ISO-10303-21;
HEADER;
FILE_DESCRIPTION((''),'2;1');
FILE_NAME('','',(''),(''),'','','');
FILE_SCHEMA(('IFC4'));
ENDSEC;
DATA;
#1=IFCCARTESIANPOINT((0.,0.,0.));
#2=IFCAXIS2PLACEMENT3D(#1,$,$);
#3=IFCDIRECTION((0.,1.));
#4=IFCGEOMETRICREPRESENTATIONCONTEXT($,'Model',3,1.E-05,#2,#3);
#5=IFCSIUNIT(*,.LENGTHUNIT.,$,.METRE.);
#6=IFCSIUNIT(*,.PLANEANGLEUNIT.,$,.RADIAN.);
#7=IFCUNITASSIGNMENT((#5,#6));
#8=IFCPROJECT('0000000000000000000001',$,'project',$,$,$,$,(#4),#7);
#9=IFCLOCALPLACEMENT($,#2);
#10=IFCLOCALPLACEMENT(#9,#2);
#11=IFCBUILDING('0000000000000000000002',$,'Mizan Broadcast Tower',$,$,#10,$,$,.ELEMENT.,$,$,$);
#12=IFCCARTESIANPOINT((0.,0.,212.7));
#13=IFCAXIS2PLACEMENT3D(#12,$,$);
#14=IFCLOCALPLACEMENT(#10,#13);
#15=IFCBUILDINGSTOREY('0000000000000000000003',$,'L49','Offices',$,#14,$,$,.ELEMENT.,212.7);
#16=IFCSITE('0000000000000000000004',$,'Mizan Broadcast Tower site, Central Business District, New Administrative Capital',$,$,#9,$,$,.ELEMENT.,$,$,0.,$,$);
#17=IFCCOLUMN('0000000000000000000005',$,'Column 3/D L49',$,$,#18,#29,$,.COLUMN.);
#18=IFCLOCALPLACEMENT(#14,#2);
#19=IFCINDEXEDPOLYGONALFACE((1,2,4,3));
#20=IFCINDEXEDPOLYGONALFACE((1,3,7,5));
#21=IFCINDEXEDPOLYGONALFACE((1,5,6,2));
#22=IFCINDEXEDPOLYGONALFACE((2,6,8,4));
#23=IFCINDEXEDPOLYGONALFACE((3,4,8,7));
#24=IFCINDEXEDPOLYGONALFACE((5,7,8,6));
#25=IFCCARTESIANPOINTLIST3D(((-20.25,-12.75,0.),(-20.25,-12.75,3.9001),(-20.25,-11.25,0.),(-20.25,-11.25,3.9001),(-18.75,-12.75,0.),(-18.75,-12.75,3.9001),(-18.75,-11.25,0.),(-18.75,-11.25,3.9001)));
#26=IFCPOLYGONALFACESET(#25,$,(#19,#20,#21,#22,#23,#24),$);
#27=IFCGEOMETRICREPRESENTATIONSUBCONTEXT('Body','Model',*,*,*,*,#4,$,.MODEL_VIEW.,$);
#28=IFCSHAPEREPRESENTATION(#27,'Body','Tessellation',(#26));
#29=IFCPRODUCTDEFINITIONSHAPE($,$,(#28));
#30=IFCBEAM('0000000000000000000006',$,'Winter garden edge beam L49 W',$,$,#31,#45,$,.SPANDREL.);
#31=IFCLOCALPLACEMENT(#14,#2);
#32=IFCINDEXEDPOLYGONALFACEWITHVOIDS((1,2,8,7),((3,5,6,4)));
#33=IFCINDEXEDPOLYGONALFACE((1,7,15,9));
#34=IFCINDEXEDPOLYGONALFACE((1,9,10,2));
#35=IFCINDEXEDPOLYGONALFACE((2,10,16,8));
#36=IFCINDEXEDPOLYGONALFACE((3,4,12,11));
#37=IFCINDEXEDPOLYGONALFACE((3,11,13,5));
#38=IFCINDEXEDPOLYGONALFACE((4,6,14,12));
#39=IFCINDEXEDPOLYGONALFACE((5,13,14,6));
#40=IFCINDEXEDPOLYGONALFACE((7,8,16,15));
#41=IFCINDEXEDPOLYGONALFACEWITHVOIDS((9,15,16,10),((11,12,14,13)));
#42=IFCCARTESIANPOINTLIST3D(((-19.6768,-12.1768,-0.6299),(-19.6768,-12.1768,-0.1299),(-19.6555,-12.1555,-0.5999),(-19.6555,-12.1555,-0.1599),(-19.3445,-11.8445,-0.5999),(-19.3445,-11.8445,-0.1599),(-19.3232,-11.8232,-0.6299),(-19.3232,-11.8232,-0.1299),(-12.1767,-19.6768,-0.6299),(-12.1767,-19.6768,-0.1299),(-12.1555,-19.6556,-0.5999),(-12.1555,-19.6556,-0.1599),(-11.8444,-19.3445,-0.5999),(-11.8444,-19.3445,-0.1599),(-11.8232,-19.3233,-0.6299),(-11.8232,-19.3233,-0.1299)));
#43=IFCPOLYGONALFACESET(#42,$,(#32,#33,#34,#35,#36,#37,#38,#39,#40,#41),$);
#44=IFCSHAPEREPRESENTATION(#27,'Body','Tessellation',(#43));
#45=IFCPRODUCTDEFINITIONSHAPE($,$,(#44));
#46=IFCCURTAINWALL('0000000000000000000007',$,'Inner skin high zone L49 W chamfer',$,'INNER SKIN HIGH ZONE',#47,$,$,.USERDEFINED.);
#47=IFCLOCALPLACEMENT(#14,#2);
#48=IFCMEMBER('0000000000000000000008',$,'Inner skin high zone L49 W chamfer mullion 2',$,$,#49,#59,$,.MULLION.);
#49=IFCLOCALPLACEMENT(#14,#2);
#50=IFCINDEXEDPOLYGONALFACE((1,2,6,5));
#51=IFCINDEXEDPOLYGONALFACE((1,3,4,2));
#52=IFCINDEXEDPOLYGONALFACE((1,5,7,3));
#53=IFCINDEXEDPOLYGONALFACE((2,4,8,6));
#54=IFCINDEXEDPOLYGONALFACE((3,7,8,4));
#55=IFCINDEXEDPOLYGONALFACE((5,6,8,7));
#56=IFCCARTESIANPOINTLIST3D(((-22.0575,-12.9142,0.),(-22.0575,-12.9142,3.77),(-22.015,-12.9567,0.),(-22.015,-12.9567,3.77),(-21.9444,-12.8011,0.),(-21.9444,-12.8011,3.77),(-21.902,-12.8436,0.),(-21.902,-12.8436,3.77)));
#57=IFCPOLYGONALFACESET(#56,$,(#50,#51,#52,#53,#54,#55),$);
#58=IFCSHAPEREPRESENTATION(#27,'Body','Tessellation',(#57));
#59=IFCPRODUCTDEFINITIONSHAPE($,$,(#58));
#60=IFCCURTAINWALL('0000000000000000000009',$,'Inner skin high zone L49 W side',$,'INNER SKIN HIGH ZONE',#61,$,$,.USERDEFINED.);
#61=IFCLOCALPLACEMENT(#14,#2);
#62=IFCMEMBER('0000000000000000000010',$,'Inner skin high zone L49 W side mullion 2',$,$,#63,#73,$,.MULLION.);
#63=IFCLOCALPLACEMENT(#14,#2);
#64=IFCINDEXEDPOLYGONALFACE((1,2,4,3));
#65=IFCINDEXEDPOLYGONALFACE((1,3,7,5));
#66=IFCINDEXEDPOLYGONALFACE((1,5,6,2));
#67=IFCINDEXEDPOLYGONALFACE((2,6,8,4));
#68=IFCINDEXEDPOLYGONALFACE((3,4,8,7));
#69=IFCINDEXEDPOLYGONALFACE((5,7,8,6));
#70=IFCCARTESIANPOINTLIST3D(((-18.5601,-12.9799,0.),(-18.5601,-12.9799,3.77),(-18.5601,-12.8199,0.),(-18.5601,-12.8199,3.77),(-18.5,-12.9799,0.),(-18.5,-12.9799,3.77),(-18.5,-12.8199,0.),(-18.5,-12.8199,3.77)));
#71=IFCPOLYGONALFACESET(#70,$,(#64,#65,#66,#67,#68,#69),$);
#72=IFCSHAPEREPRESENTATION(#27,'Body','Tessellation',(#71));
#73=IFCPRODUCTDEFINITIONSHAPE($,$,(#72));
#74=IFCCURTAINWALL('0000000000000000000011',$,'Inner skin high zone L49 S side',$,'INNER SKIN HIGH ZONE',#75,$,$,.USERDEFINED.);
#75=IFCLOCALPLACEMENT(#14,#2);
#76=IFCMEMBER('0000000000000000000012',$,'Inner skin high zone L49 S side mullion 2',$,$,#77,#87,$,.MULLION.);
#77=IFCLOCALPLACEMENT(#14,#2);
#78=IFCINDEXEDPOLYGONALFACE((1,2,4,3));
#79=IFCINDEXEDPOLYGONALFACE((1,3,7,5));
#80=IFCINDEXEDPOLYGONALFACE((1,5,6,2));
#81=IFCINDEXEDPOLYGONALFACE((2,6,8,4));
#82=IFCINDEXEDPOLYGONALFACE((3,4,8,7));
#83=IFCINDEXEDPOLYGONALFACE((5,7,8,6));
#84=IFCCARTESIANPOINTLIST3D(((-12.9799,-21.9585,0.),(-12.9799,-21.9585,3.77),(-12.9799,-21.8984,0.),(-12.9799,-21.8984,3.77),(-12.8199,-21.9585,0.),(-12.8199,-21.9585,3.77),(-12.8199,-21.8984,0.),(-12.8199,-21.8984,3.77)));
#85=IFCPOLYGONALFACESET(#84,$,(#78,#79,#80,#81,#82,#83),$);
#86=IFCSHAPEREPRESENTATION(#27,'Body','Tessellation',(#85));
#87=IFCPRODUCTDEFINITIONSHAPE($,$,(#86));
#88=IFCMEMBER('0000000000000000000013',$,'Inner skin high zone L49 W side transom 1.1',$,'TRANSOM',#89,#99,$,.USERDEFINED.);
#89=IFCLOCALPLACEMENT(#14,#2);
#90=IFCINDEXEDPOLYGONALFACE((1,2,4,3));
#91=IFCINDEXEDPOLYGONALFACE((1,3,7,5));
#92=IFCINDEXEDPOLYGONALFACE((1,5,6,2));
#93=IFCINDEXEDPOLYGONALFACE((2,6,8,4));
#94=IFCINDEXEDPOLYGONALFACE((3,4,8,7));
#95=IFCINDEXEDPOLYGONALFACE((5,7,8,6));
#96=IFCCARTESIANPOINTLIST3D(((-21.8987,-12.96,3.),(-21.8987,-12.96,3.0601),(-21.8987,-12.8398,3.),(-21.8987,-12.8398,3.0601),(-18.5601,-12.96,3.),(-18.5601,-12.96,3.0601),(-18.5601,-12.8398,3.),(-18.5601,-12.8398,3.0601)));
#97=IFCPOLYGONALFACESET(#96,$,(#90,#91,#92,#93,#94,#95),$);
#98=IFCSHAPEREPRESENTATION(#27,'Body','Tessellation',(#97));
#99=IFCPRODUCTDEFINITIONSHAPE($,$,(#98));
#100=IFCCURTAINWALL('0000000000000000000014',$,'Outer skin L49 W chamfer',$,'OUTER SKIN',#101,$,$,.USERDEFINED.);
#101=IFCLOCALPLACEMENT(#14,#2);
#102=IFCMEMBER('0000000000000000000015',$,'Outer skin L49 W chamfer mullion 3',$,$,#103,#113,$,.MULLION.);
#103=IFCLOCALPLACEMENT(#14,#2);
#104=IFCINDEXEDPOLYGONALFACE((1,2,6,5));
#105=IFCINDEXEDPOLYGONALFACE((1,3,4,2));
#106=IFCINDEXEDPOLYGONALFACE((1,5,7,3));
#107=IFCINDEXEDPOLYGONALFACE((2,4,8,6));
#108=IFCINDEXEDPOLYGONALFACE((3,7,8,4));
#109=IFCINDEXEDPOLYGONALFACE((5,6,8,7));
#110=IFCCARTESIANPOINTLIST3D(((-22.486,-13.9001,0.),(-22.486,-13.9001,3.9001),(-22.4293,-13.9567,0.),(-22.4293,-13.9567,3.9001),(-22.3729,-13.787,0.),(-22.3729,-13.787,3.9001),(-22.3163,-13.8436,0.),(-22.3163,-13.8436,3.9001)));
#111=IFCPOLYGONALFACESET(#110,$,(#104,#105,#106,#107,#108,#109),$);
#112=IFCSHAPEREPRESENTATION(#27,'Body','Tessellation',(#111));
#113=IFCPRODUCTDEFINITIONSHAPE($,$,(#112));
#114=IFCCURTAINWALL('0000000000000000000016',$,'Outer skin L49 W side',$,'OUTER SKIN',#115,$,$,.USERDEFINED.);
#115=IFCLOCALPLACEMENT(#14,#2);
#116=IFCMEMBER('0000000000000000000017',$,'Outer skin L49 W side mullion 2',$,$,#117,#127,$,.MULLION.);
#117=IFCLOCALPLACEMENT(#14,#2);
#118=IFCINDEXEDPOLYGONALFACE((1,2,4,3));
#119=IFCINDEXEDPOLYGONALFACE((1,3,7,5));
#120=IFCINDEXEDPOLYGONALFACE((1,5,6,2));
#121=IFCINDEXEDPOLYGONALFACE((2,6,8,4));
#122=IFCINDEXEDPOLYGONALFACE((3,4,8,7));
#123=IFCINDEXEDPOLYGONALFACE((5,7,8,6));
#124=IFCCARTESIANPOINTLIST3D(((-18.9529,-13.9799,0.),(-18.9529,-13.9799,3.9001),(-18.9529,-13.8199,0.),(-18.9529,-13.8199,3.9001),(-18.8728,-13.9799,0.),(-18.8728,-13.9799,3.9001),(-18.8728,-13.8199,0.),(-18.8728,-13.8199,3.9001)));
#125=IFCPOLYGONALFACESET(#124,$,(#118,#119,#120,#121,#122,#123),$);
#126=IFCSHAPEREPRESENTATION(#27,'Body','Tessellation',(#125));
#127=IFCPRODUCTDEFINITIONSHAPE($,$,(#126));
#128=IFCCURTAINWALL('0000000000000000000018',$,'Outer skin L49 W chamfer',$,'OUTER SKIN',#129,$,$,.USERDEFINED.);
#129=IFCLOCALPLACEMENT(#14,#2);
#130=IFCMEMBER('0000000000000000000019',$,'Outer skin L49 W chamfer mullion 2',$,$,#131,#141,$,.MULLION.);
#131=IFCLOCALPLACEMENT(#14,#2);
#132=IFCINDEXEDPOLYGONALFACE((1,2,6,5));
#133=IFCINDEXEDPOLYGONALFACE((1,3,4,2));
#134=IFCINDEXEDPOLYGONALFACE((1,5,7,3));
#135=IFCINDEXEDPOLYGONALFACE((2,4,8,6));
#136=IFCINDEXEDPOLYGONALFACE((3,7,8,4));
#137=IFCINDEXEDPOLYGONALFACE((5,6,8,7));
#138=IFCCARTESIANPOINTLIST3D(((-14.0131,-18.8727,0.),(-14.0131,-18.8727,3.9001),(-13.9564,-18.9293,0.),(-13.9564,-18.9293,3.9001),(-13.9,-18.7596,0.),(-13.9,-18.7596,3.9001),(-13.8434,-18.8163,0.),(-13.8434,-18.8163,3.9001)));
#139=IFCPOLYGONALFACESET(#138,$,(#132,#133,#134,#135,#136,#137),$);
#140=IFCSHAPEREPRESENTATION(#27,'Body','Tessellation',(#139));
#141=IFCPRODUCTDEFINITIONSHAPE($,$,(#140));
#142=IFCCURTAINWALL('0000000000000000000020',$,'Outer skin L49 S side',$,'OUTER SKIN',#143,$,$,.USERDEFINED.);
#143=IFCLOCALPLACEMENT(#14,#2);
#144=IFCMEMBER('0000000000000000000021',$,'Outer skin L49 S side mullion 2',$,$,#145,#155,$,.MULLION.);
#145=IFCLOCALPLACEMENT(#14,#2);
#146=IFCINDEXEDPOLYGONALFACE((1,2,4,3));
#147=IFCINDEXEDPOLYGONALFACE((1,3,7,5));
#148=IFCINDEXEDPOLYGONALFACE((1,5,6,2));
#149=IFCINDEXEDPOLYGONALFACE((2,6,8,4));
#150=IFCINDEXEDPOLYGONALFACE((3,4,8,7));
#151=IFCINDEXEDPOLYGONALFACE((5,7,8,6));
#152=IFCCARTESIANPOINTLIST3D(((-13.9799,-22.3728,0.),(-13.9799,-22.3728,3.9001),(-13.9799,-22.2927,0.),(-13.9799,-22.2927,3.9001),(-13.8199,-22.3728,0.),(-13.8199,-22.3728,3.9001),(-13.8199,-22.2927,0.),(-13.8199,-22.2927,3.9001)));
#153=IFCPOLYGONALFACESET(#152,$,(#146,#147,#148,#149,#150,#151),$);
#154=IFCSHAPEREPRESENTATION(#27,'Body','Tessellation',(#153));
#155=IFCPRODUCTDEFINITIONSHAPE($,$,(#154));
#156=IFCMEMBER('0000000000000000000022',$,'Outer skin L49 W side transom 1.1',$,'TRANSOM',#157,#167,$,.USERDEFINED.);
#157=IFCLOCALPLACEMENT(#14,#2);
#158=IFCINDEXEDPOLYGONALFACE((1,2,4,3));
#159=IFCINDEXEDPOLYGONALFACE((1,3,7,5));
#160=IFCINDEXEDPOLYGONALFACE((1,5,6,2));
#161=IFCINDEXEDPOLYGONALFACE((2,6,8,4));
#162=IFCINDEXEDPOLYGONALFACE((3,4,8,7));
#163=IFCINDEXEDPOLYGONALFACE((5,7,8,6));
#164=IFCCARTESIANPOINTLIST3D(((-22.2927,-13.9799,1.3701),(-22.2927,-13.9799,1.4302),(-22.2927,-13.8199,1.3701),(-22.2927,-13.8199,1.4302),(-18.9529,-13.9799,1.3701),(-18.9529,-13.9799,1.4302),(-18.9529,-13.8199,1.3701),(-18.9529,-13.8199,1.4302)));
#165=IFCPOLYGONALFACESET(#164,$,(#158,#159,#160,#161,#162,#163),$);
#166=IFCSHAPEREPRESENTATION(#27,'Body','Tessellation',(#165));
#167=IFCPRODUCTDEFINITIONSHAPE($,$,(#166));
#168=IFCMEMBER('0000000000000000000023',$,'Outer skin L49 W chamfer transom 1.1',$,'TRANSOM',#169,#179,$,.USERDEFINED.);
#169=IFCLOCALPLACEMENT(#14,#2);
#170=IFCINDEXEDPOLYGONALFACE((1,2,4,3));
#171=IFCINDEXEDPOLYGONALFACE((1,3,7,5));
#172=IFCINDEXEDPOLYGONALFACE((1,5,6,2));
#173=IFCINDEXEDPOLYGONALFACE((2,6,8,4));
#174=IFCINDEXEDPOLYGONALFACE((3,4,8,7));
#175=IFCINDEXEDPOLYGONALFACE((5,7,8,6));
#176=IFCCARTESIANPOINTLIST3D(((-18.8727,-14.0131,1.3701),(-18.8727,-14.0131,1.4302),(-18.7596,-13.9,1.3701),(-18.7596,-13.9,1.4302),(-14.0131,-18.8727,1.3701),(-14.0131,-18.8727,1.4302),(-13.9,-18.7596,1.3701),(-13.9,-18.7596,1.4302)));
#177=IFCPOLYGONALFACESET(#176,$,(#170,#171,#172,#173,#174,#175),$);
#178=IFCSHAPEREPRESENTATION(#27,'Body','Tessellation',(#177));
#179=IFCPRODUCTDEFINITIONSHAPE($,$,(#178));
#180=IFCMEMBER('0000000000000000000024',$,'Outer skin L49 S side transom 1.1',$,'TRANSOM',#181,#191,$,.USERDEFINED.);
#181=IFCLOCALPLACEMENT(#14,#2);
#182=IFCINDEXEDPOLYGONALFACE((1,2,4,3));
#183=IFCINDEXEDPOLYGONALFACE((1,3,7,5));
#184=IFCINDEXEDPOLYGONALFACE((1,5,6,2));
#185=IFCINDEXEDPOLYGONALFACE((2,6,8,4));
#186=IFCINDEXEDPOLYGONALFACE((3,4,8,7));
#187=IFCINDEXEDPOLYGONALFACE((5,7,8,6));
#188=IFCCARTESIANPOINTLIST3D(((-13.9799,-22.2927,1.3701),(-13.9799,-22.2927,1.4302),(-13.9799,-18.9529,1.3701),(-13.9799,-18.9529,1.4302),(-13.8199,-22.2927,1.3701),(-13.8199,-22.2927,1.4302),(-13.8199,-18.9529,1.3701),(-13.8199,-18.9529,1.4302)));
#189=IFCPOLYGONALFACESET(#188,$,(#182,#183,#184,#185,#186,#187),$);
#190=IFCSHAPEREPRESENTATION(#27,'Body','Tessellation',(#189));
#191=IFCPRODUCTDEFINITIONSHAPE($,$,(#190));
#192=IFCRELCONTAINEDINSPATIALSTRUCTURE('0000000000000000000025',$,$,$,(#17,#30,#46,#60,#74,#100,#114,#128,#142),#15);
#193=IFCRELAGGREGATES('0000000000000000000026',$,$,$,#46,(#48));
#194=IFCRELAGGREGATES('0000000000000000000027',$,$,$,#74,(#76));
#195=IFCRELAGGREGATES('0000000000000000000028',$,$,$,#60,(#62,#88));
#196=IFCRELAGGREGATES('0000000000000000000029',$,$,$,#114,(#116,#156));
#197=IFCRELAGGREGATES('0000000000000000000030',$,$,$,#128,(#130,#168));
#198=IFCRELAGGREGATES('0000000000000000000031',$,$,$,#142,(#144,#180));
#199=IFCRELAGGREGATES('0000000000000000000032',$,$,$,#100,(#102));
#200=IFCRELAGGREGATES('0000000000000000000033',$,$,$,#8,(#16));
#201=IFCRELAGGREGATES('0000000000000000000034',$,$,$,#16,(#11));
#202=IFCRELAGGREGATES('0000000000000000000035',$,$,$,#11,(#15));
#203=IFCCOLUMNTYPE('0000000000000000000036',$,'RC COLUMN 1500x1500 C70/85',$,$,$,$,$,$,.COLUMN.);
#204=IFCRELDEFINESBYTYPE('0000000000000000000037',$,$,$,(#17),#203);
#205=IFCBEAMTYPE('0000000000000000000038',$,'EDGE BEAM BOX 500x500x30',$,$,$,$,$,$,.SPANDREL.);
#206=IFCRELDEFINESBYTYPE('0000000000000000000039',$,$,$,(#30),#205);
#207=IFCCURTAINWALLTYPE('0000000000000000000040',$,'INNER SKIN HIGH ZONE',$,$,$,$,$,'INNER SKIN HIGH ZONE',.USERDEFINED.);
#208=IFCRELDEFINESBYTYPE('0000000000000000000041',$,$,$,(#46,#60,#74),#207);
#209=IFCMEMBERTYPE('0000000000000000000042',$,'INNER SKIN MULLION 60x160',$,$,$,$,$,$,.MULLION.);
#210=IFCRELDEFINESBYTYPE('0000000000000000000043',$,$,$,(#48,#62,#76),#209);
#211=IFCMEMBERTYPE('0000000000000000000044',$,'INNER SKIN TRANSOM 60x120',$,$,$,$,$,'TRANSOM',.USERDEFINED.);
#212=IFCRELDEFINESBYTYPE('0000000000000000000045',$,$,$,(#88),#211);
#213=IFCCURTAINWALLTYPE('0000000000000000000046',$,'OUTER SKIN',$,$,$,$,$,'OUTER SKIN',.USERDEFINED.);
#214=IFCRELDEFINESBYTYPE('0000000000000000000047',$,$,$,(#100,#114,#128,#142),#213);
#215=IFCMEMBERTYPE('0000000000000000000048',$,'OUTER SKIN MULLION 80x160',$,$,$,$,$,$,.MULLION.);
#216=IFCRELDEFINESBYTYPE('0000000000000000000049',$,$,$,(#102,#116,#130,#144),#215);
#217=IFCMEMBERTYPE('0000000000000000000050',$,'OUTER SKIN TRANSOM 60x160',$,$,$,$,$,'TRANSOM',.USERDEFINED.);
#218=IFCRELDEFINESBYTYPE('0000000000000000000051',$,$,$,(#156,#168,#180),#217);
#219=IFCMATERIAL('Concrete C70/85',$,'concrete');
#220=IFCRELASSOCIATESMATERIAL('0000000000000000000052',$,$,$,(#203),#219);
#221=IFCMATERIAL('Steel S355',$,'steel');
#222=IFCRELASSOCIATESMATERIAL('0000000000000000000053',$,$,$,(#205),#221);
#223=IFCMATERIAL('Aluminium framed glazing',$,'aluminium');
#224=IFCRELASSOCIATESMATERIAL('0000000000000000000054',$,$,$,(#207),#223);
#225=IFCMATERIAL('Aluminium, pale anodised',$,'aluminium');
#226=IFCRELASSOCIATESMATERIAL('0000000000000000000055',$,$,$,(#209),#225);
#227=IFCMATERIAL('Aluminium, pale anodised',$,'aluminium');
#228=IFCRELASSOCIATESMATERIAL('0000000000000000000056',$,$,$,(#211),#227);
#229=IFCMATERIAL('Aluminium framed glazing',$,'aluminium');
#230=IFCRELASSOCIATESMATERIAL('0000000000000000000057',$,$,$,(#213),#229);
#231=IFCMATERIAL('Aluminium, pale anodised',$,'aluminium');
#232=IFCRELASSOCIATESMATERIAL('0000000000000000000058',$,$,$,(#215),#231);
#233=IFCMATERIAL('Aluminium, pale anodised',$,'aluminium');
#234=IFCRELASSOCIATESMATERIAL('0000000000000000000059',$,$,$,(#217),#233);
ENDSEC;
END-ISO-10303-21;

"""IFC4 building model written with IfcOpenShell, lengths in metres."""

from ifc_helpers import new_model, si_unit, direction, frame, origin, origin_2d, place, context, subcontext, project, spatial, rectangle, hollow_rectangle, extrude, material, material_profile, profile_set, type_object, element, aggregate, save


model = new_model("IFC4")

# Units and contexts
model_context = context("Model", 3, precision=1e-05, world=origin(), true_north=direction((0.0, 1.0)))
body_context = subcontext(model_context, "Body", "Model", "MODEL_VIEW")
ifc_project = project(units=[si_unit("LENGTHUNIT", "METRE"), si_unit("PLANEANGLEUNIT", "RADIAN")], contexts=[model_context])

# Site, building, storey
site_placement = place(None, origin())
site = spatial("IfcSite", under=ifc_project, at=site_placement, Name="Mizan Broadcast Tower site, Central Business District, New Administrative Capital", CompositionType="ELEMENT", RefElevation=0.0)
building_placement = place(site_placement, origin())
building = spatial("IfcBuilding", under=site, at=building_placement, Name="Mizan Broadcast Tower", CompositionType="ELEMENT")
storey_placement = place(building_placement, frame((0.0, 0.0, 212.7)))
storey = spatial("IfcBuildingStorey", under=building, at=storey_placement, Name="L49", Description="Offices", CompositionType="ELEMENT", Elevation=212.7)

# Column
ifc_material_1 = material(Name="Concrete C70/85", Category="concrete")
ifc_material_profile_1 = material_profile(ifc_material_1, rectangle(XDim=1.5, YDim=1.5, at=origin_2d()), Name="RC 1500x1500")
ifc_profile_set_1 = profile_set([ifc_material_profile_1], Name="Concrete C70/85")
column_type = type_object("IfcColumnType", Name="RC COLUMN 1500x1500 C70/85", PredefinedType="COLUMN", material=ifc_profile_set_1)
column_placement = place(storey_placement, frame((-19.5, -12.0, 0.0), z_axis=(0.0, 0.0, 1.0), x_axis=(1.0, 0.0, 0.0)))
element("IfcColumn", 1, at=column_placement, inside=storey, type_object=column_type, Name="Column 3/D L49", PredefinedType="COLUMN", context=body_context, shape_type="SweptSolid", body=[
    extrude(rectangle(XDim=1.5, YDim=1.5, at=origin_2d()), origin(), (0.0, 0.0, 1.0), 3.9001),
])

# Beam
ifc_material_2 = material(Name="Steel S355", Category="steel")
ifc_material_profile_2 = material_profile(ifc_material_2, hollow_rectangle(XDim=0.5, YDim=0.5, WallThickness=0.03, at=origin_2d()), Name="BOX 500x500x30")
ifc_profile_set_2 = profile_set([ifc_material_profile_2], Name="Steel S355")
beam_type_1 = type_object("IfcBeamType", Name="EDGE BEAM BOX 500x500x30", PredefinedType="SPANDREL", material=ifc_profile_set_2)
beam_1_placement = place(storey_placement, frame((-19.5, -12.0, -0.3799), z_axis=(0.707107, -0.707107, 0.0), x_axis=(0.707107, 0.707107, 0.0)))
element("IfcBeam", 2, at=beam_1_placement, inside=storey, type_object=beam_type_1, Name="Winter garden edge beam L49 W", PredefinedType="SPANDREL", context=body_context, shape_type="SweptSolid", body=[
    extrude(hollow_rectangle(XDim=0.5, YDim=0.5, WallThickness=0.03, at=origin_2d()), origin(), (0.0, 0.0, 1.0), 10.6067),
])

# Curtain walls, members
ifc_material_3 = material(Name="Aluminium framed glazing", Category="aluminium")
curtain_wall_type_1 = type_object("IfcCurtainWallType", Name="INNER SKIN HIGH ZONE", ElementType="INNER SKIN HIGH ZONE", PredefinedType="USERDEFINED", material=ifc_material_3)
curtain_wall_1_placement = place(storey_placement, origin())
curtain_wall_1 = element("IfcCurtainWall", 3, at=curtain_wall_1_placement, inside=storey, type_object=curtain_wall_type_1, Name="Inner skin high zone L49 W chamfer", ObjectType="INNER SKIN HIGH ZONE", PredefinedType="USERDEFINED")
ifc_material_4 = material(Name="Aluminium, pale anodised", Category="aluminium")
ifc_material_profile_3 = material_profile(ifc_material_4, rectangle(XDim=0.1599, YDim=0.0601, at=origin_2d()), Name="MULLION 160x60")
ifc_profile_set_3 = profile_set([ifc_material_profile_3], Name="Aluminium, pale anodised")
member_type_1 = type_object("IfcMemberType", Name="INNER SKIN MULLION 60x160", PredefinedType="MULLION", material=ifc_profile_set_3)
member_1_placement = place(storey_placement, frame((-21.9797, -12.8789, 0.0), z_axis=(0.0, 0.0, 1.0), x_axis=(0.707107, 0.707107, 0.0)))
member_1 = element("IfcMember", 4, at=member_1_placement, type_object=member_type_1, Name="Inner skin high zone L49 W chamfer mullion 2", PredefinedType="MULLION", context=body_context, shape_type="SweptSolid", body=[
    extrude(rectangle(XDim=0.1599, YDim=0.0601, at=origin_2d()), origin(), (0.0, 0.0, 1.0), 3.77),
])
aggregate(curtain_wall_1, [member_1])
curtain_wall_2_placement = place(storey_placement, origin())
curtain_wall_2 = element("IfcCurtainWall", 5, at=curtain_wall_2_placement, inside=storey, type_object=curtain_wall_type_1, Name="Inner skin high zone L49 W side", ObjectType="INNER SKIN HIGH ZONE", PredefinedType="USERDEFINED")
member_2_placement = place(storey_placement, frame((-18.53, -12.8999, 0.0), z_axis=(0.0, 0.0, 1.0), x_axis=(0.0, 1.0, 0.0)))
member_2 = element("IfcMember", 6, at=member_2_placement, type_object=member_type_1, Name="Inner skin high zone L49 W side mullion 2", PredefinedType="MULLION", context=body_context, shape_type="SweptSolid", body=[
    extrude(rectangle(XDim=0.1599, YDim=0.0601, at=origin_2d()), origin(), (0.0, 0.0, 1.0), 3.77),
])
curtain_wall_3_placement = place(storey_placement, origin())
curtain_wall_3 = element("IfcCurtainWall", 7, at=curtain_wall_3_placement, inside=storey, type_object=curtain_wall_type_1, Name="Inner skin high zone L49 S side", ObjectType="INNER SKIN HIGH ZONE", PredefinedType="USERDEFINED")
member_3_placement = place(storey_placement, frame((-12.8999, -21.9285, 0.0), z_axis=(0.0, 0.0, 1.0), x_axis=(1.0, 0.0, 0.0)))
member_3 = element("IfcMember", 8, at=member_3_placement, type_object=member_type_1, Name="Inner skin high zone L49 S side mullion 2", PredefinedType="MULLION", context=body_context, shape_type="SweptSolid", body=[
    extrude(rectangle(XDim=0.1599, YDim=0.0601, at=origin_2d()), origin(), (0.0, 0.0, 1.0), 3.77),
])
aggregate(curtain_wall_3, [member_3])

# Member
ifc_material_5 = material(Name="Aluminium, pale anodised", Category="aluminium")
ifc_material_profile_4 = material_profile(ifc_material_5, rectangle(XDim=0.1201, YDim=0.0601, at=origin_2d()), Name="TRANSOM 120x60")
ifc_profile_set_4 = profile_set([ifc_material_profile_4], Name="Aluminium, pale anodised")
member_type_2 = type_object("IfcMemberType", Name="INNER SKIN TRANSOM 60x120", ElementType="TRANSOM", PredefinedType="USERDEFINED", material=ifc_profile_set_4)
member_4_placement = place(storey_placement, frame((-21.8987, -12.8999, 3.03), z_axis=(1.0, 0.0, 0.0), x_axis=(0.0, 1.0, 0.0)))
member_4 = element("IfcMember", 9, at=member_4_placement, type_object=member_type_2, Name="Inner skin high zone L49 W side transom 1.1", ObjectType="TRANSOM", PredefinedType="USERDEFINED", context=body_context, shape_type="SweptSolid", body=[
    extrude(rectangle(XDim=0.1201, YDim=0.0601, at=origin_2d()), origin(), (0.0, 0.0, 1.0), 3.3386),
])

# Curtain walls, members
ifc_material_6 = material(Name="Aluminium framed glazing", Category="aluminium")
curtain_wall_type_2 = type_object("IfcCurtainWallType", Name="OUTER SKIN", ElementType="OUTER SKIN", PredefinedType="USERDEFINED", material=ifc_material_6)
curtain_wall_4_placement = place(storey_placement, origin())
curtain_wall_4 = element("IfcCurtainWall", 10, at=curtain_wall_4_placement, inside=storey, type_object=curtain_wall_type_2, Name="Outer skin L49 W chamfer", ObjectType="OUTER SKIN", PredefinedType="USERDEFINED")
ifc_material_7 = material(Name="Aluminium, pale anodised", Category="aluminium")
ifc_material_profile_5 = material_profile(ifc_material_7, rectangle(XDim=0.1599, YDim=0.0801, at=origin_2d()), Name="MULLION 160x80")
ifc_profile_set_5 = profile_set([ifc_material_profile_5], Name="Aluminium, pale anodised")
member_type_3 = type_object("IfcMemberType", Name="OUTER SKIN MULLION 80x160", PredefinedType="MULLION", material=ifc_profile_set_5)
member_5_placement = place(storey_placement, frame((-22.4011, -13.8718, 0.0), z_axis=(0.0, 0.0, 1.0), x_axis=(0.707107, 0.707107, 0.0)))
member_5 = element("IfcMember", 11, at=member_5_placement, type_object=member_type_3, Name="Outer skin L49 W chamfer mullion 3", PredefinedType="MULLION", context=body_context, shape_type="SweptSolid", body=[
    extrude(rectangle(XDim=0.1599, YDim=0.0801, at=origin_2d()), origin(), (0.0, 0.0, 1.0), 3.9001),
])
curtain_wall_5_placement = place(storey_placement, origin())
curtain_wall_5 = element("IfcCurtainWall", 12, at=curtain_wall_5_placement, inside=storey, type_object=curtain_wall_type_2, Name="Outer skin L49 W side", ObjectType="OUTER SKIN", PredefinedType="USERDEFINED")
member_6_placement = place(storey_placement, frame((-18.9128, -13.8999, 0.0), z_axis=(0.0, 0.0, 1.0), x_axis=(0.0, 1.0, 0.0)))
member_6 = element("IfcMember", 13, at=member_6_placement, type_object=member_type_3, Name="Outer skin L49 W side mullion 2", PredefinedType="MULLION", context=body_context, shape_type="SweptSolid", body=[
    extrude(rectangle(XDim=0.1599, YDim=0.0801, at=origin_2d()), origin(), (0.0, 0.0, 1.0), 3.9001),
])
curtain_wall_6_placement = place(storey_placement, origin())
curtain_wall_6 = element("IfcCurtainWall", 14, at=curtain_wall_6_placement, inside=storey, type_object=curtain_wall_type_2, Name="Outer skin L49 W chamfer", ObjectType="OUTER SKIN", PredefinedType="USERDEFINED")
member_7_placement = place(storey_placement, frame((-13.9282, -18.8445, 0.0), z_axis=(0.0, 0.0, 1.0), x_axis=(0.707107, 0.707107, 0.0)))
member_7 = element("IfcMember", 15, at=member_7_placement, type_object=member_type_3, Name="Outer skin L49 W chamfer mullion 2", PredefinedType="MULLION", context=body_context, shape_type="SweptSolid", body=[
    extrude(rectangle(XDim=0.1599, YDim=0.0801, at=origin_2d()), origin(), (0.0, 0.0, 1.0), 3.9001),
])
curtain_wall_7_placement = place(storey_placement, origin())
curtain_wall_7 = element("IfcCurtainWall", 16, at=curtain_wall_7_placement, inside=storey, type_object=curtain_wall_type_2, Name="Outer skin L49 S side", ObjectType="OUTER SKIN", PredefinedType="USERDEFINED")
member_8_placement = place(storey_placement, frame((-13.8999, -22.3328, 0.0), z_axis=(0.0, 0.0, 1.0), x_axis=(1.0, 0.0, 0.0)))
member_8 = element("IfcMember", 17, at=member_8_placement, type_object=member_type_3, Name="Outer skin L49 S side mullion 2", PredefinedType="MULLION", context=body_context, shape_type="SweptSolid", body=[
    extrude(rectangle(XDim=0.1599, YDim=0.0801, at=origin_2d()), origin(), (0.0, 0.0, 1.0), 3.9001),
])

# Members
ifc_material_8 = material(Name="Aluminium, pale anodised", Category="aluminium")
ifc_material_profile_6 = material_profile(ifc_material_8, rectangle(XDim=0.1599, YDim=0.0601, at=origin_2d()), Name="TRANSOM 160x60")
ifc_profile_set_6 = profile_set([ifc_material_profile_6], Name="Aluminium, pale anodised")
member_type_4 = type_object("IfcMemberType", Name="OUTER SKIN TRANSOM 60x160", ElementType="TRANSOM", PredefinedType="USERDEFINED", material=ifc_profile_set_6)
member_9_placement = place(storey_placement, frame((-22.2927, -13.8999, 1.4001), z_axis=(1.0, 0.0, 0.0), x_axis=(0.0, 1.0, 0.0)))
member_9 = element("IfcMember", 18, at=member_9_placement, type_object=member_type_4, Name="Outer skin L49 W side transom 1.1", ObjectType="TRANSOM", PredefinedType="USERDEFINED", context=body_context, shape_type="SweptSolid", body=[
    extrude(rectangle(XDim=0.1599, YDim=0.0601, at=origin_2d()), origin(), (0.0, 0.0, 1.0), 3.3398),
])
member_10_placement = place(storey_placement, frame((-18.8162, -13.9565, 1.4001), z_axis=(0.707107, -0.707107, 0.0), x_axis=(0.707107, 0.707107, 0.0)))
member_10 = element("IfcMember", 19, at=member_10_placement, type_object=member_type_4, Name="Outer skin L49 W chamfer transom 1.1", ObjectType="TRANSOM", PredefinedType="USERDEFINED", context=body_context, shape_type="SweptSolid", body=[
    extrude(rectangle(XDim=0.1599, YDim=0.0601, at=origin_2d()), origin(), (0.0, 0.0, 1.0), 6.8726),
])
member_11_placement = place(storey_placement, frame((-13.8999, -18.9529, 1.4001), z_axis=(0.0, -1.0, 0.0), x_axis=(1.0, 0.0, 0.0)))
member_11 = element("IfcMember", 20, at=member_11_placement, type_object=member_type_4, Name="Outer skin L49 S side transom 1.1", ObjectType="TRANSOM", PredefinedType="USERDEFINED", context=body_context, shape_type="SweptSolid", body=[
    extrude(rectangle(XDim=0.1599, YDim=0.0601, at=origin_2d()), origin(), (0.0, 0.0, 1.0), 3.3398),
])

aggregate(curtain_wall_2, [member_2, member_4])
aggregate(curtain_wall_5, [member_6, member_9])
aggregate(curtain_wall_6, [member_7, member_10])
aggregate(curtain_wall_7, [member_8, member_11])
aggregate(curtain_wall_4, [member_5])

save(model, "model.ifc")
